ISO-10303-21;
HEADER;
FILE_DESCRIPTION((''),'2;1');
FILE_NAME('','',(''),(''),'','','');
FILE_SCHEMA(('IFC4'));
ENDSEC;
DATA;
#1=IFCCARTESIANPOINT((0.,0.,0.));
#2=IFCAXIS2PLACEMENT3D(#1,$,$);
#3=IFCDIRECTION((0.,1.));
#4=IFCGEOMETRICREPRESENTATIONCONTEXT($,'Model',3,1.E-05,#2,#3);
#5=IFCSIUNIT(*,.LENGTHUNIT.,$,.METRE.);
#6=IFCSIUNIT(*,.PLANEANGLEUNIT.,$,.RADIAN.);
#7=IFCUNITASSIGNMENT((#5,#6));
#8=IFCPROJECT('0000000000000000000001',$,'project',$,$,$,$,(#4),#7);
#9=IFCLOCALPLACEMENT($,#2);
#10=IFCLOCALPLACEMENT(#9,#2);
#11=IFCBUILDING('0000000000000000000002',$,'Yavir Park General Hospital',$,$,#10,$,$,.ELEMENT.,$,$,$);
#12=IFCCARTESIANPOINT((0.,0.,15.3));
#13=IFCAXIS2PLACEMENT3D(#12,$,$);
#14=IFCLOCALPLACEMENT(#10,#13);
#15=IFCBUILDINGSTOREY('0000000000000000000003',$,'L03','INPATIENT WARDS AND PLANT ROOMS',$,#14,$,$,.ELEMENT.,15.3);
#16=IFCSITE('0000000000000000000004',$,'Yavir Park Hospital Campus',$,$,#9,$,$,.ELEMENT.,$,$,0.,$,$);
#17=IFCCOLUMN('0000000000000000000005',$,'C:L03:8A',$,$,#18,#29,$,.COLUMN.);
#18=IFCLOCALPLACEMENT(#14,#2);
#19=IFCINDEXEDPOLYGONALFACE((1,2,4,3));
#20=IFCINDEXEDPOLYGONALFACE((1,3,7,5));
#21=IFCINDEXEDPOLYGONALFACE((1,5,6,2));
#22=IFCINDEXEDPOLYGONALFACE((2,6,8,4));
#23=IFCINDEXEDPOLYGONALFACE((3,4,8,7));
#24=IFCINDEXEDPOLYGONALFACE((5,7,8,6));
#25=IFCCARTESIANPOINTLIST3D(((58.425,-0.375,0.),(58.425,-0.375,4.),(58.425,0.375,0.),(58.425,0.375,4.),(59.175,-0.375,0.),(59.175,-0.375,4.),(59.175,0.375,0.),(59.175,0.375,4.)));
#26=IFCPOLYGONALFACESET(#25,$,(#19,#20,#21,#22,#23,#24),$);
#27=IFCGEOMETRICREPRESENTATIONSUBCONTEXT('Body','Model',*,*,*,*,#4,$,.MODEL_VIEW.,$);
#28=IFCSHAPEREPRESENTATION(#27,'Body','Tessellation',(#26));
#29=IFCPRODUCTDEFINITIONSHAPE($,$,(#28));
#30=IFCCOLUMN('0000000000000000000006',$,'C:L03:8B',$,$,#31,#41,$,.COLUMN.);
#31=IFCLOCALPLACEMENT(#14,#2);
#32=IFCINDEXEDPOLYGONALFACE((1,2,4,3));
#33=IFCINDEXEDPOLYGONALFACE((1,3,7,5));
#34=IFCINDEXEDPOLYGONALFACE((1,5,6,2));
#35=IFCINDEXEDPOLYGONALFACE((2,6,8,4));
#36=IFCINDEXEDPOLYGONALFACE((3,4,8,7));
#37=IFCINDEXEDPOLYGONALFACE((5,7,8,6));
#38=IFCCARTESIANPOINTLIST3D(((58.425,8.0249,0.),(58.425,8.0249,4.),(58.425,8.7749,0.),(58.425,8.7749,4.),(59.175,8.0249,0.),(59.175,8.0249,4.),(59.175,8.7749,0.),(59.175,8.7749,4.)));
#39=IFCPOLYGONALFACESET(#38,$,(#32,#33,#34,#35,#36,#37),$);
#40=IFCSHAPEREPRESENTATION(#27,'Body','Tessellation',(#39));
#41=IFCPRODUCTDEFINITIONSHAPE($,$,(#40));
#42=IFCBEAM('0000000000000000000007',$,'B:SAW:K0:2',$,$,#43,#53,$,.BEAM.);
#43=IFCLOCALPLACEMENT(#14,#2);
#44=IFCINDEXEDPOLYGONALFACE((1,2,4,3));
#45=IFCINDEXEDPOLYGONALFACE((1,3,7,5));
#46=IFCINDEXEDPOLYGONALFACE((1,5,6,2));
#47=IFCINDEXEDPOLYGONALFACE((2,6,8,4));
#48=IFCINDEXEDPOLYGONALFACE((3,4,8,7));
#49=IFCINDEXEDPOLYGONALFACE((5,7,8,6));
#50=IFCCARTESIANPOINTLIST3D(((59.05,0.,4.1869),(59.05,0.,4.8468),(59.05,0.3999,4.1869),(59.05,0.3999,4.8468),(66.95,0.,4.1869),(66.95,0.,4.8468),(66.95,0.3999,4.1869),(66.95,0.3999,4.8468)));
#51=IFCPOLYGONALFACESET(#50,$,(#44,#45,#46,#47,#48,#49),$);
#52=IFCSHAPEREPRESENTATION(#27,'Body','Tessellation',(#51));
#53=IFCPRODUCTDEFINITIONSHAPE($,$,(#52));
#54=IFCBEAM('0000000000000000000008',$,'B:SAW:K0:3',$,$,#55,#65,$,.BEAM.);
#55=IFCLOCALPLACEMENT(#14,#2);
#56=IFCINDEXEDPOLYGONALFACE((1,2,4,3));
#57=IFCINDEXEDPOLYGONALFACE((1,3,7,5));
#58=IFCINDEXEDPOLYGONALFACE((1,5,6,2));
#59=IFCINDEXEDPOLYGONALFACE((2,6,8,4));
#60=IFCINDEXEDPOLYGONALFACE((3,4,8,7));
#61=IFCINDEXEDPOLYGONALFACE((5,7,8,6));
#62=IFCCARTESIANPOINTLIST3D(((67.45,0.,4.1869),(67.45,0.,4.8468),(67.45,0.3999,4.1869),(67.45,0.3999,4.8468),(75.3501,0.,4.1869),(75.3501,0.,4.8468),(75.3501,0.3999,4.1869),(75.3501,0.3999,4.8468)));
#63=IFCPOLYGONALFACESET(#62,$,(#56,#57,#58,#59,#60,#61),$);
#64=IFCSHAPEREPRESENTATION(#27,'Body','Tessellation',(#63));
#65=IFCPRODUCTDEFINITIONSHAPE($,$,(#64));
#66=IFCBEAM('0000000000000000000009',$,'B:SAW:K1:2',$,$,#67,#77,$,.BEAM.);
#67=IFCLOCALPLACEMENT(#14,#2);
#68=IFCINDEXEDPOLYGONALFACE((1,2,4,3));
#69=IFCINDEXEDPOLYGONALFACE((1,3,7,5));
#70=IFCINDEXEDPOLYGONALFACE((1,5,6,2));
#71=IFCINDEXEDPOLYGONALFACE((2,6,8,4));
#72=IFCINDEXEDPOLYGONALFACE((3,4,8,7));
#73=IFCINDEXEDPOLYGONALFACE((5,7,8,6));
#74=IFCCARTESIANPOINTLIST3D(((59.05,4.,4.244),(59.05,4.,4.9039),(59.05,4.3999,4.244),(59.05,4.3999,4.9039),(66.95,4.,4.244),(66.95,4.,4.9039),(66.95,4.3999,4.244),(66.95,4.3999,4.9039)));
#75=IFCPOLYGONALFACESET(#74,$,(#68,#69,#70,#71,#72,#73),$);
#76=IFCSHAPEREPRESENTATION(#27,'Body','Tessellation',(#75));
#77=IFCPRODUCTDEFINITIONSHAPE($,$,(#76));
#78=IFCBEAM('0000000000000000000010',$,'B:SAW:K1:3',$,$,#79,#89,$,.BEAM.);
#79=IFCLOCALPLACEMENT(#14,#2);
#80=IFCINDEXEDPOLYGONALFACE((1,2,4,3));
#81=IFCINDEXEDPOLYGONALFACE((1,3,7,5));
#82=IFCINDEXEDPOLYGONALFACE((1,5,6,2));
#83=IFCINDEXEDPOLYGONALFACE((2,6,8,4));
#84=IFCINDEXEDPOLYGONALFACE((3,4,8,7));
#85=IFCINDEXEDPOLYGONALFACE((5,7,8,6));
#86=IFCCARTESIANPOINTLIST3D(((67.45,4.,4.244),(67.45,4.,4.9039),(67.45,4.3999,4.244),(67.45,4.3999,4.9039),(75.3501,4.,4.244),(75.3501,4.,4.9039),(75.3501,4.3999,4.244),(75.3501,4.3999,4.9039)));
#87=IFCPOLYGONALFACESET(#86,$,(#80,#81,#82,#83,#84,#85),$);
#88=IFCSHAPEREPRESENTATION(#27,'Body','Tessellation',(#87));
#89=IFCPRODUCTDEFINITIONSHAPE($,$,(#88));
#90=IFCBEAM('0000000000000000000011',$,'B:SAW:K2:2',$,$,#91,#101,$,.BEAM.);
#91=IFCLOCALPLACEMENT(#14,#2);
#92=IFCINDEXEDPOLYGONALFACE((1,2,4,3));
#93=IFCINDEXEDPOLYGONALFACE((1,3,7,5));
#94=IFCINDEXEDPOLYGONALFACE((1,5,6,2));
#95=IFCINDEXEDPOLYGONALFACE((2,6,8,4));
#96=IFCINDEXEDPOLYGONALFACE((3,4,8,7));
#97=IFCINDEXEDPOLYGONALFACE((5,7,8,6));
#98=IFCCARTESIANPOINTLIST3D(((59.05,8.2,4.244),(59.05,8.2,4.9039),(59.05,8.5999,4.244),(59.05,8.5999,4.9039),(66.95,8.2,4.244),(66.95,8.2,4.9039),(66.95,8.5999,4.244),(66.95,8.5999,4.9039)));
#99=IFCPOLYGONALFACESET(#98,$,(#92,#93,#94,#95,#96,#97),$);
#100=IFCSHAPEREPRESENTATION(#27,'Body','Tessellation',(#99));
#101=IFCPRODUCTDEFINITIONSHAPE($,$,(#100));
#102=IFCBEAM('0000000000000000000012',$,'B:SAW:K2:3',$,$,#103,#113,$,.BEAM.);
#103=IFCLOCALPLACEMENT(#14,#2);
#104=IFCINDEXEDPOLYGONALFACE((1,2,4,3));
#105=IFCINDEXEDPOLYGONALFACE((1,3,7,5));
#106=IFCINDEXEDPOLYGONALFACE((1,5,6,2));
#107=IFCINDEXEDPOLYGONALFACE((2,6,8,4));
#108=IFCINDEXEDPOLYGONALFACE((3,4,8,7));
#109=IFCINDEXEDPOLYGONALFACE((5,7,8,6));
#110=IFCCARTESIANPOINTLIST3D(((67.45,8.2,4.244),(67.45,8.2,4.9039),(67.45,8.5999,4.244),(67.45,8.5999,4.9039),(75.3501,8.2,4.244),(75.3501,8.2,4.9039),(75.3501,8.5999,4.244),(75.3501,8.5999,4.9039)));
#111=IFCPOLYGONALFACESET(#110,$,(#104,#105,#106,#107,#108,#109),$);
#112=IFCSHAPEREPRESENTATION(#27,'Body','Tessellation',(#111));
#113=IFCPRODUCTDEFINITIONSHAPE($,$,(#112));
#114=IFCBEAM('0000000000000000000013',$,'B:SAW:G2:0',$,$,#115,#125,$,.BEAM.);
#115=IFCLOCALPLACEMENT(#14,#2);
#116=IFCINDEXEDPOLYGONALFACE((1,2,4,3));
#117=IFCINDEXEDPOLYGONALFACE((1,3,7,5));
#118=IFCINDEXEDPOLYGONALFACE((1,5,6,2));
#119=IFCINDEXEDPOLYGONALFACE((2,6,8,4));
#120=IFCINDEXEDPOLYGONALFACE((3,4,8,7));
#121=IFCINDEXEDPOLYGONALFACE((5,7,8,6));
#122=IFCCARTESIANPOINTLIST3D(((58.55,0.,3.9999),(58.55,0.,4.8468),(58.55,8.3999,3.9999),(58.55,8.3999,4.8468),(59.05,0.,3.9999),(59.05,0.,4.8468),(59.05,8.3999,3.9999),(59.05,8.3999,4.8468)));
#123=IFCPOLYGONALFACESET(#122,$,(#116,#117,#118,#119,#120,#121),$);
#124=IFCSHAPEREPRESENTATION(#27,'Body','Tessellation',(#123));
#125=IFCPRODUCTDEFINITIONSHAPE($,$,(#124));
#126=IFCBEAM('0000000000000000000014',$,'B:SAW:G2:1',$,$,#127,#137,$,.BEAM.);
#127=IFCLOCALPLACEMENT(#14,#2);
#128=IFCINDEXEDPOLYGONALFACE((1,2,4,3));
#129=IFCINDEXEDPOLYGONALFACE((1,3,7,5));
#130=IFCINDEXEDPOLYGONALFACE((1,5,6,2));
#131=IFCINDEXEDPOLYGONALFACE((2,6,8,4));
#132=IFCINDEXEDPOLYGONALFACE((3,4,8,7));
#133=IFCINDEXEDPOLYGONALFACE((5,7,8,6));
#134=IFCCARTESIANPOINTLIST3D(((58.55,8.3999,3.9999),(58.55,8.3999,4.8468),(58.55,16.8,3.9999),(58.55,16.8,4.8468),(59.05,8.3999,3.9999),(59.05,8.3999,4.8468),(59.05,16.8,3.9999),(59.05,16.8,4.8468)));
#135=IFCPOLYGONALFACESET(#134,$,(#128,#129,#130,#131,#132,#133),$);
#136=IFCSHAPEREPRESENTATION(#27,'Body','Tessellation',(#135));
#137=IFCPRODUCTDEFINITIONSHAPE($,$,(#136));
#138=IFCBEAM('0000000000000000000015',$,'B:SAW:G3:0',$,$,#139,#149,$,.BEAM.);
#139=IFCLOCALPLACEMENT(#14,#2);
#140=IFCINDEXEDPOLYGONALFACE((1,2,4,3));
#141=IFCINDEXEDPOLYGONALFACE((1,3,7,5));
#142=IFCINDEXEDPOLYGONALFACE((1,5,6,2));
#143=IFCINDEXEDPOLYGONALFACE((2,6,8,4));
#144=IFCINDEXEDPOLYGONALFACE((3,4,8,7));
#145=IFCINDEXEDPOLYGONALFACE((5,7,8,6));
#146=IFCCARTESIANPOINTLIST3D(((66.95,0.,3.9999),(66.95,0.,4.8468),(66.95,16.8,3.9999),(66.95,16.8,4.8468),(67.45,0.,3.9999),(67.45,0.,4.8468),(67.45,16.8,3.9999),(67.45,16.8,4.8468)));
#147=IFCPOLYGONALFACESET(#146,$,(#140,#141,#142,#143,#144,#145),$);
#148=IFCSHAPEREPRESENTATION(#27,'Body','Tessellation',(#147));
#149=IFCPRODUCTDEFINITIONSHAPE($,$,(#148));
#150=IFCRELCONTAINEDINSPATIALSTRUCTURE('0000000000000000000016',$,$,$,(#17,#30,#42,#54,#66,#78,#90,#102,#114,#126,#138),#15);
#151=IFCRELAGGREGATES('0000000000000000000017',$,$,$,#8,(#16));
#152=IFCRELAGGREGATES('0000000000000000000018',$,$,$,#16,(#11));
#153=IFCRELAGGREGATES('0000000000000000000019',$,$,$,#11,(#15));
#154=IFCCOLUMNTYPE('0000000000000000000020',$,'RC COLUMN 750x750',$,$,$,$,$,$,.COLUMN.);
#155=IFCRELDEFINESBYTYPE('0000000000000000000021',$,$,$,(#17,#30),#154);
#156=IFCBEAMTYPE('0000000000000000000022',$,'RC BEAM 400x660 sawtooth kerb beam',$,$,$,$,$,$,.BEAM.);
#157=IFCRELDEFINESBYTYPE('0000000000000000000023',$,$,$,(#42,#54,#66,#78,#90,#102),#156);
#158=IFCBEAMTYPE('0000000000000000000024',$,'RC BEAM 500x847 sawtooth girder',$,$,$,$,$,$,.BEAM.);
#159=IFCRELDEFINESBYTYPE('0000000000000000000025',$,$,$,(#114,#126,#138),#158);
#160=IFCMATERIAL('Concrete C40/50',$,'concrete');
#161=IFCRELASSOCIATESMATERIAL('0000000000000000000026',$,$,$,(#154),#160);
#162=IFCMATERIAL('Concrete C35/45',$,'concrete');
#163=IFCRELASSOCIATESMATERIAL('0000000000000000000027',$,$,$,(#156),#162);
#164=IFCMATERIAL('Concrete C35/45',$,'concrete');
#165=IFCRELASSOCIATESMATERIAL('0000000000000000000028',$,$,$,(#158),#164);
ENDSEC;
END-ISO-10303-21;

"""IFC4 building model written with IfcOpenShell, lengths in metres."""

from ifc_helpers import new_model, si_unit, direction, frame, origin, origin_2d, place, context, subcontext, project, spatial, rectangle, extrude, material, material_profile, profile_set, type_object, element, save


model = new_model("IFC4")

# Units and contexts
model_context = context("Model", 3, precision=1e-05, world=origin(), true_north=direction((0.0, 1.0)))
body_context = subcontext(model_context, "Body", "Model", "MODEL_VIEW")
ifc_project = project(units=[si_unit("LENGTHUNIT", "METRE"), si_unit("PLANEANGLEUNIT", "RADIAN")], contexts=[model_context])

# Site, building, storey
site_placement = place(None, origin())
site = spatial("IfcSite", under=ifc_project, at=site_placement, Name="Yavir Park Hospital Campus", CompositionType="ELEMENT", RefElevation=0.0)
building_placement = place(site_placement, origin())
building = spatial("IfcBuilding", under=site, at=building_placement, Name="Yavir Park General Hospital", CompositionType="ELEMENT")
storey_placement = place(building_placement, frame((0.0, 0.0, 15.3)))
storey = spatial("IfcBuildingStorey", under=building, at=storey_placement, Name="L03", Description="INPATIENT WARDS AND PLANT ROOMS", CompositionType="ELEMENT", Elevation=15.3)

# Columns
ifc_material_1 = material(Name="Concrete C40/50", Category="concrete")
ifc_material_profile_1 = material_profile(ifc_material_1, rectangle(XDim=0.75, YDim=0.75, at=origin_2d()), Name="RC750x750")
ifc_profile_set_1 = profile_set([ifc_material_profile_1], Name="Concrete C40/50")
column_type = type_object("IfcColumnType", Name="RC COLUMN 750x750", PredefinedType="COLUMN", material=ifc_profile_set_1)
for number, where, z_axis, x_axis, name in (
    (1, (58.8, 0.0, 0.0), (0.0, 0.0, 1.0), (1.0, 0.0, 0.0), "C:L03:8A"),
    (2, (58.8, 8.3999, 0.0), (0.0, 0.0, 1.0), (1.0, 0.0, 0.0), "C:L03:8B"),
):
    element("IfcColumn", number, at=place(storey_placement, frame(where, z_axis=z_axis, x_axis=x_axis)), inside=storey, type_object=column_type, Name=name, PredefinedType="COLUMN", context=body_context, shape_type="SweptSolid", body=[
        extrude(rectangle(XDim=0.75, YDim=0.75, at=origin_2d()), origin(), (0.0, 0.0, 1.0), 4.0),
    ])

# Beams
ifc_material_2 = material(Name="Concrete C35/45", Category="concrete")
ifc_material_profile_2 = material_profile(ifc_material_2, rectangle(XDim=0.3999, YDim=0.6599, at=origin_2d()), Name="RC400x660")
ifc_profile_set_2 = profile_set([ifc_material_profile_2], Name="Concrete C35/45")
beam_type_1 = type_object("IfcBeamType", Name="RC BEAM 400x660 sawtooth kerb beam", PredefinedType="BEAM", material=ifc_profile_set_2)
beam_1_placement = place(storey_placement, frame((59.05, 0.2, 4.5168), z_axis=(1.0, 0.0, 0.0), x_axis=(0.0, 1.0, 0.0)))
element("IfcBeam", 3, at=beam_1_placement, inside=storey, type_object=beam_type_1, Name="B:SAW:K0:2", PredefinedType="BEAM", context=body_context, shape_type="SweptSolid", body=[
    extrude(rectangle(XDim=0.3999, YDim=0.6599, at=origin_2d()), origin(), (0.0, 0.0, 1.0), 7.8999),
])
beam_2_placement = place(storey_placement, frame((67.45, 0.2, 4.5168), z_axis=(1.0, 0.0, 0.0), x_axis=(0.0, 1.0, 0.0)))
element("IfcBeam", 4, at=beam_2_placement, inside=storey, type_object=beam_type_1, Name="B:SAW:K0:3", PredefinedType="BEAM", context=body_context, shape_type="SweptSolid", body=[
    extrude(rectangle(XDim=0.3999, YDim=0.6599, at=origin_2d()), origin(), (0.0, 0.0, 1.0), 7.9001),
])
beam_3_placement = place(storey_placement, frame((59.05, 4.2, 4.574), z_axis=(1.0, 0.0, 0.0), x_axis=(0.0, 1.0, 0.0)))
element("IfcBeam", 5, at=beam_3_placement, inside=storey, type_object=beam_type_1, Name="B:SAW:K1:2", PredefinedType="BEAM", context=body_context, shape_type="SweptSolid", body=[
    extrude(rectangle(XDim=0.3999, YDim=0.6599, at=origin_2d()), origin(), (0.0, 0.0, 1.0), 7.8999),
])
beam_4_placement = place(storey_placement, frame((67.45, 4.2, 4.574), z_axis=(1.0, 0.0, 0.0), x_axis=(0.0, 1.0, 0.0)))
element("IfcBeam", 6, at=beam_4_placement, inside=storey, type_object=beam_type_1, Name="B:SAW:K1:3", PredefinedType="BEAM", context=body_context, shape_type="SweptSolid", body=[
    extrude(rectangle(XDim=0.3999, YDim=0.6599, at=origin_2d()), origin(), (0.0, 0.0, 1.0), 7.9001),
])
beam_5_placement = place(storey_placement, frame((59.05, 8.3999, 4.574), z_axis=(1.0, 0.0, 0.0), x_axis=(0.0, 1.0, 0.0)))
element("IfcBeam", 7, at=beam_5_placement, inside=storey, type_object=beam_type_1, Name="B:SAW:K2:2", PredefinedType="BEAM", context=body_context, shape_type="SweptSolid", body=[
    extrude(rectangle(XDim=0.3999, YDim=0.6599, at=origin_2d()), origin(), (0.0, 0.0, 1.0), 7.8999),
])
beam_6_placement = place(storey_placement, frame((67.45, 8.3999, 4.574), z_axis=(1.0, 0.0, 0.0), x_axis=(0.0, 1.0, 0.0)))
element("IfcBeam", 8, at=beam_6_placement, inside=storey, type_object=beam_type_1, Name="B:SAW:K2:3", PredefinedType="BEAM", context=body_context, shape_type="SweptSolid", body=[
    extrude(rectangle(XDim=0.3999, YDim=0.6599, at=origin_2d()), origin(), (0.0, 0.0, 1.0), 7.9001),
])
ifc_material_3 = material(Name="Concrete C35/45", Category="concrete")
ifc_material_profile_3 = material_profile(ifc_material_3, rectangle(XDim=0.5, YDim=0.8469, at=origin_2d()), Name="RC500x847")
ifc_profile_set_3 = profile_set([ifc_material_profile_3], Name="Concrete C35/45")
beam_type_2 = type_object("IfcBeamType", Name="RC BEAM 500x847 sawtooth girder", PredefinedType="BEAM", material=ifc_profile_set_3)
beam_7_placement = place(storey_placement, frame((58.8, 0.0, 4.4233), z_axis=(0.0, 1.0, 0.0), x_axis=(-1.0, 0.0, 0.0)))
element("IfcBeam", 9, at=beam_7_placement, inside=storey, type_object=beam_type_2, Name="B:SAW:G2:0", PredefinedType="BEAM", context=body_context, shape_type="SweptSolid", body=[
    extrude(rectangle(XDim=0.5, YDim=0.8469, at=origin_2d()), origin(), (0.0, 0.0, 1.0), 8.3999),
])
beam_8_placement = place(storey_placement, frame((58.8, 8.3999, 4.4233), z_axis=(0.0, 1.0, 0.0), x_axis=(-1.0, 0.0, 0.0)))
element("IfcBeam", 10, at=beam_8_placement, inside=storey, type_object=beam_type_2, Name="B:SAW:G2:1", PredefinedType="BEAM", context=body_context, shape_type="SweptSolid", body=[
    extrude(rectangle(XDim=0.5, YDim=0.8469, at=origin_2d()), origin(), (0.0, 0.0, 1.0), 8.4001),
])
beam_9_placement = place(storey_placement, frame((67.2, 0.0, 4.4233), z_axis=(0.0, 1.0, 0.0), x_axis=(-1.0, 0.0, 0.0)))
element("IfcBeam", 11, at=beam_9_placement, inside=storey, type_object=beam_type_2, Name="B:SAW:G3:0", PredefinedType="BEAM", context=body_context, shape_type="SweptSolid", body=[
    extrude(rectangle(XDim=0.5, YDim=0.8469, at=origin_2d()), origin(), (0.0, 0.0, 1.0), 16.8),
])

save(model, "model.ifc")
